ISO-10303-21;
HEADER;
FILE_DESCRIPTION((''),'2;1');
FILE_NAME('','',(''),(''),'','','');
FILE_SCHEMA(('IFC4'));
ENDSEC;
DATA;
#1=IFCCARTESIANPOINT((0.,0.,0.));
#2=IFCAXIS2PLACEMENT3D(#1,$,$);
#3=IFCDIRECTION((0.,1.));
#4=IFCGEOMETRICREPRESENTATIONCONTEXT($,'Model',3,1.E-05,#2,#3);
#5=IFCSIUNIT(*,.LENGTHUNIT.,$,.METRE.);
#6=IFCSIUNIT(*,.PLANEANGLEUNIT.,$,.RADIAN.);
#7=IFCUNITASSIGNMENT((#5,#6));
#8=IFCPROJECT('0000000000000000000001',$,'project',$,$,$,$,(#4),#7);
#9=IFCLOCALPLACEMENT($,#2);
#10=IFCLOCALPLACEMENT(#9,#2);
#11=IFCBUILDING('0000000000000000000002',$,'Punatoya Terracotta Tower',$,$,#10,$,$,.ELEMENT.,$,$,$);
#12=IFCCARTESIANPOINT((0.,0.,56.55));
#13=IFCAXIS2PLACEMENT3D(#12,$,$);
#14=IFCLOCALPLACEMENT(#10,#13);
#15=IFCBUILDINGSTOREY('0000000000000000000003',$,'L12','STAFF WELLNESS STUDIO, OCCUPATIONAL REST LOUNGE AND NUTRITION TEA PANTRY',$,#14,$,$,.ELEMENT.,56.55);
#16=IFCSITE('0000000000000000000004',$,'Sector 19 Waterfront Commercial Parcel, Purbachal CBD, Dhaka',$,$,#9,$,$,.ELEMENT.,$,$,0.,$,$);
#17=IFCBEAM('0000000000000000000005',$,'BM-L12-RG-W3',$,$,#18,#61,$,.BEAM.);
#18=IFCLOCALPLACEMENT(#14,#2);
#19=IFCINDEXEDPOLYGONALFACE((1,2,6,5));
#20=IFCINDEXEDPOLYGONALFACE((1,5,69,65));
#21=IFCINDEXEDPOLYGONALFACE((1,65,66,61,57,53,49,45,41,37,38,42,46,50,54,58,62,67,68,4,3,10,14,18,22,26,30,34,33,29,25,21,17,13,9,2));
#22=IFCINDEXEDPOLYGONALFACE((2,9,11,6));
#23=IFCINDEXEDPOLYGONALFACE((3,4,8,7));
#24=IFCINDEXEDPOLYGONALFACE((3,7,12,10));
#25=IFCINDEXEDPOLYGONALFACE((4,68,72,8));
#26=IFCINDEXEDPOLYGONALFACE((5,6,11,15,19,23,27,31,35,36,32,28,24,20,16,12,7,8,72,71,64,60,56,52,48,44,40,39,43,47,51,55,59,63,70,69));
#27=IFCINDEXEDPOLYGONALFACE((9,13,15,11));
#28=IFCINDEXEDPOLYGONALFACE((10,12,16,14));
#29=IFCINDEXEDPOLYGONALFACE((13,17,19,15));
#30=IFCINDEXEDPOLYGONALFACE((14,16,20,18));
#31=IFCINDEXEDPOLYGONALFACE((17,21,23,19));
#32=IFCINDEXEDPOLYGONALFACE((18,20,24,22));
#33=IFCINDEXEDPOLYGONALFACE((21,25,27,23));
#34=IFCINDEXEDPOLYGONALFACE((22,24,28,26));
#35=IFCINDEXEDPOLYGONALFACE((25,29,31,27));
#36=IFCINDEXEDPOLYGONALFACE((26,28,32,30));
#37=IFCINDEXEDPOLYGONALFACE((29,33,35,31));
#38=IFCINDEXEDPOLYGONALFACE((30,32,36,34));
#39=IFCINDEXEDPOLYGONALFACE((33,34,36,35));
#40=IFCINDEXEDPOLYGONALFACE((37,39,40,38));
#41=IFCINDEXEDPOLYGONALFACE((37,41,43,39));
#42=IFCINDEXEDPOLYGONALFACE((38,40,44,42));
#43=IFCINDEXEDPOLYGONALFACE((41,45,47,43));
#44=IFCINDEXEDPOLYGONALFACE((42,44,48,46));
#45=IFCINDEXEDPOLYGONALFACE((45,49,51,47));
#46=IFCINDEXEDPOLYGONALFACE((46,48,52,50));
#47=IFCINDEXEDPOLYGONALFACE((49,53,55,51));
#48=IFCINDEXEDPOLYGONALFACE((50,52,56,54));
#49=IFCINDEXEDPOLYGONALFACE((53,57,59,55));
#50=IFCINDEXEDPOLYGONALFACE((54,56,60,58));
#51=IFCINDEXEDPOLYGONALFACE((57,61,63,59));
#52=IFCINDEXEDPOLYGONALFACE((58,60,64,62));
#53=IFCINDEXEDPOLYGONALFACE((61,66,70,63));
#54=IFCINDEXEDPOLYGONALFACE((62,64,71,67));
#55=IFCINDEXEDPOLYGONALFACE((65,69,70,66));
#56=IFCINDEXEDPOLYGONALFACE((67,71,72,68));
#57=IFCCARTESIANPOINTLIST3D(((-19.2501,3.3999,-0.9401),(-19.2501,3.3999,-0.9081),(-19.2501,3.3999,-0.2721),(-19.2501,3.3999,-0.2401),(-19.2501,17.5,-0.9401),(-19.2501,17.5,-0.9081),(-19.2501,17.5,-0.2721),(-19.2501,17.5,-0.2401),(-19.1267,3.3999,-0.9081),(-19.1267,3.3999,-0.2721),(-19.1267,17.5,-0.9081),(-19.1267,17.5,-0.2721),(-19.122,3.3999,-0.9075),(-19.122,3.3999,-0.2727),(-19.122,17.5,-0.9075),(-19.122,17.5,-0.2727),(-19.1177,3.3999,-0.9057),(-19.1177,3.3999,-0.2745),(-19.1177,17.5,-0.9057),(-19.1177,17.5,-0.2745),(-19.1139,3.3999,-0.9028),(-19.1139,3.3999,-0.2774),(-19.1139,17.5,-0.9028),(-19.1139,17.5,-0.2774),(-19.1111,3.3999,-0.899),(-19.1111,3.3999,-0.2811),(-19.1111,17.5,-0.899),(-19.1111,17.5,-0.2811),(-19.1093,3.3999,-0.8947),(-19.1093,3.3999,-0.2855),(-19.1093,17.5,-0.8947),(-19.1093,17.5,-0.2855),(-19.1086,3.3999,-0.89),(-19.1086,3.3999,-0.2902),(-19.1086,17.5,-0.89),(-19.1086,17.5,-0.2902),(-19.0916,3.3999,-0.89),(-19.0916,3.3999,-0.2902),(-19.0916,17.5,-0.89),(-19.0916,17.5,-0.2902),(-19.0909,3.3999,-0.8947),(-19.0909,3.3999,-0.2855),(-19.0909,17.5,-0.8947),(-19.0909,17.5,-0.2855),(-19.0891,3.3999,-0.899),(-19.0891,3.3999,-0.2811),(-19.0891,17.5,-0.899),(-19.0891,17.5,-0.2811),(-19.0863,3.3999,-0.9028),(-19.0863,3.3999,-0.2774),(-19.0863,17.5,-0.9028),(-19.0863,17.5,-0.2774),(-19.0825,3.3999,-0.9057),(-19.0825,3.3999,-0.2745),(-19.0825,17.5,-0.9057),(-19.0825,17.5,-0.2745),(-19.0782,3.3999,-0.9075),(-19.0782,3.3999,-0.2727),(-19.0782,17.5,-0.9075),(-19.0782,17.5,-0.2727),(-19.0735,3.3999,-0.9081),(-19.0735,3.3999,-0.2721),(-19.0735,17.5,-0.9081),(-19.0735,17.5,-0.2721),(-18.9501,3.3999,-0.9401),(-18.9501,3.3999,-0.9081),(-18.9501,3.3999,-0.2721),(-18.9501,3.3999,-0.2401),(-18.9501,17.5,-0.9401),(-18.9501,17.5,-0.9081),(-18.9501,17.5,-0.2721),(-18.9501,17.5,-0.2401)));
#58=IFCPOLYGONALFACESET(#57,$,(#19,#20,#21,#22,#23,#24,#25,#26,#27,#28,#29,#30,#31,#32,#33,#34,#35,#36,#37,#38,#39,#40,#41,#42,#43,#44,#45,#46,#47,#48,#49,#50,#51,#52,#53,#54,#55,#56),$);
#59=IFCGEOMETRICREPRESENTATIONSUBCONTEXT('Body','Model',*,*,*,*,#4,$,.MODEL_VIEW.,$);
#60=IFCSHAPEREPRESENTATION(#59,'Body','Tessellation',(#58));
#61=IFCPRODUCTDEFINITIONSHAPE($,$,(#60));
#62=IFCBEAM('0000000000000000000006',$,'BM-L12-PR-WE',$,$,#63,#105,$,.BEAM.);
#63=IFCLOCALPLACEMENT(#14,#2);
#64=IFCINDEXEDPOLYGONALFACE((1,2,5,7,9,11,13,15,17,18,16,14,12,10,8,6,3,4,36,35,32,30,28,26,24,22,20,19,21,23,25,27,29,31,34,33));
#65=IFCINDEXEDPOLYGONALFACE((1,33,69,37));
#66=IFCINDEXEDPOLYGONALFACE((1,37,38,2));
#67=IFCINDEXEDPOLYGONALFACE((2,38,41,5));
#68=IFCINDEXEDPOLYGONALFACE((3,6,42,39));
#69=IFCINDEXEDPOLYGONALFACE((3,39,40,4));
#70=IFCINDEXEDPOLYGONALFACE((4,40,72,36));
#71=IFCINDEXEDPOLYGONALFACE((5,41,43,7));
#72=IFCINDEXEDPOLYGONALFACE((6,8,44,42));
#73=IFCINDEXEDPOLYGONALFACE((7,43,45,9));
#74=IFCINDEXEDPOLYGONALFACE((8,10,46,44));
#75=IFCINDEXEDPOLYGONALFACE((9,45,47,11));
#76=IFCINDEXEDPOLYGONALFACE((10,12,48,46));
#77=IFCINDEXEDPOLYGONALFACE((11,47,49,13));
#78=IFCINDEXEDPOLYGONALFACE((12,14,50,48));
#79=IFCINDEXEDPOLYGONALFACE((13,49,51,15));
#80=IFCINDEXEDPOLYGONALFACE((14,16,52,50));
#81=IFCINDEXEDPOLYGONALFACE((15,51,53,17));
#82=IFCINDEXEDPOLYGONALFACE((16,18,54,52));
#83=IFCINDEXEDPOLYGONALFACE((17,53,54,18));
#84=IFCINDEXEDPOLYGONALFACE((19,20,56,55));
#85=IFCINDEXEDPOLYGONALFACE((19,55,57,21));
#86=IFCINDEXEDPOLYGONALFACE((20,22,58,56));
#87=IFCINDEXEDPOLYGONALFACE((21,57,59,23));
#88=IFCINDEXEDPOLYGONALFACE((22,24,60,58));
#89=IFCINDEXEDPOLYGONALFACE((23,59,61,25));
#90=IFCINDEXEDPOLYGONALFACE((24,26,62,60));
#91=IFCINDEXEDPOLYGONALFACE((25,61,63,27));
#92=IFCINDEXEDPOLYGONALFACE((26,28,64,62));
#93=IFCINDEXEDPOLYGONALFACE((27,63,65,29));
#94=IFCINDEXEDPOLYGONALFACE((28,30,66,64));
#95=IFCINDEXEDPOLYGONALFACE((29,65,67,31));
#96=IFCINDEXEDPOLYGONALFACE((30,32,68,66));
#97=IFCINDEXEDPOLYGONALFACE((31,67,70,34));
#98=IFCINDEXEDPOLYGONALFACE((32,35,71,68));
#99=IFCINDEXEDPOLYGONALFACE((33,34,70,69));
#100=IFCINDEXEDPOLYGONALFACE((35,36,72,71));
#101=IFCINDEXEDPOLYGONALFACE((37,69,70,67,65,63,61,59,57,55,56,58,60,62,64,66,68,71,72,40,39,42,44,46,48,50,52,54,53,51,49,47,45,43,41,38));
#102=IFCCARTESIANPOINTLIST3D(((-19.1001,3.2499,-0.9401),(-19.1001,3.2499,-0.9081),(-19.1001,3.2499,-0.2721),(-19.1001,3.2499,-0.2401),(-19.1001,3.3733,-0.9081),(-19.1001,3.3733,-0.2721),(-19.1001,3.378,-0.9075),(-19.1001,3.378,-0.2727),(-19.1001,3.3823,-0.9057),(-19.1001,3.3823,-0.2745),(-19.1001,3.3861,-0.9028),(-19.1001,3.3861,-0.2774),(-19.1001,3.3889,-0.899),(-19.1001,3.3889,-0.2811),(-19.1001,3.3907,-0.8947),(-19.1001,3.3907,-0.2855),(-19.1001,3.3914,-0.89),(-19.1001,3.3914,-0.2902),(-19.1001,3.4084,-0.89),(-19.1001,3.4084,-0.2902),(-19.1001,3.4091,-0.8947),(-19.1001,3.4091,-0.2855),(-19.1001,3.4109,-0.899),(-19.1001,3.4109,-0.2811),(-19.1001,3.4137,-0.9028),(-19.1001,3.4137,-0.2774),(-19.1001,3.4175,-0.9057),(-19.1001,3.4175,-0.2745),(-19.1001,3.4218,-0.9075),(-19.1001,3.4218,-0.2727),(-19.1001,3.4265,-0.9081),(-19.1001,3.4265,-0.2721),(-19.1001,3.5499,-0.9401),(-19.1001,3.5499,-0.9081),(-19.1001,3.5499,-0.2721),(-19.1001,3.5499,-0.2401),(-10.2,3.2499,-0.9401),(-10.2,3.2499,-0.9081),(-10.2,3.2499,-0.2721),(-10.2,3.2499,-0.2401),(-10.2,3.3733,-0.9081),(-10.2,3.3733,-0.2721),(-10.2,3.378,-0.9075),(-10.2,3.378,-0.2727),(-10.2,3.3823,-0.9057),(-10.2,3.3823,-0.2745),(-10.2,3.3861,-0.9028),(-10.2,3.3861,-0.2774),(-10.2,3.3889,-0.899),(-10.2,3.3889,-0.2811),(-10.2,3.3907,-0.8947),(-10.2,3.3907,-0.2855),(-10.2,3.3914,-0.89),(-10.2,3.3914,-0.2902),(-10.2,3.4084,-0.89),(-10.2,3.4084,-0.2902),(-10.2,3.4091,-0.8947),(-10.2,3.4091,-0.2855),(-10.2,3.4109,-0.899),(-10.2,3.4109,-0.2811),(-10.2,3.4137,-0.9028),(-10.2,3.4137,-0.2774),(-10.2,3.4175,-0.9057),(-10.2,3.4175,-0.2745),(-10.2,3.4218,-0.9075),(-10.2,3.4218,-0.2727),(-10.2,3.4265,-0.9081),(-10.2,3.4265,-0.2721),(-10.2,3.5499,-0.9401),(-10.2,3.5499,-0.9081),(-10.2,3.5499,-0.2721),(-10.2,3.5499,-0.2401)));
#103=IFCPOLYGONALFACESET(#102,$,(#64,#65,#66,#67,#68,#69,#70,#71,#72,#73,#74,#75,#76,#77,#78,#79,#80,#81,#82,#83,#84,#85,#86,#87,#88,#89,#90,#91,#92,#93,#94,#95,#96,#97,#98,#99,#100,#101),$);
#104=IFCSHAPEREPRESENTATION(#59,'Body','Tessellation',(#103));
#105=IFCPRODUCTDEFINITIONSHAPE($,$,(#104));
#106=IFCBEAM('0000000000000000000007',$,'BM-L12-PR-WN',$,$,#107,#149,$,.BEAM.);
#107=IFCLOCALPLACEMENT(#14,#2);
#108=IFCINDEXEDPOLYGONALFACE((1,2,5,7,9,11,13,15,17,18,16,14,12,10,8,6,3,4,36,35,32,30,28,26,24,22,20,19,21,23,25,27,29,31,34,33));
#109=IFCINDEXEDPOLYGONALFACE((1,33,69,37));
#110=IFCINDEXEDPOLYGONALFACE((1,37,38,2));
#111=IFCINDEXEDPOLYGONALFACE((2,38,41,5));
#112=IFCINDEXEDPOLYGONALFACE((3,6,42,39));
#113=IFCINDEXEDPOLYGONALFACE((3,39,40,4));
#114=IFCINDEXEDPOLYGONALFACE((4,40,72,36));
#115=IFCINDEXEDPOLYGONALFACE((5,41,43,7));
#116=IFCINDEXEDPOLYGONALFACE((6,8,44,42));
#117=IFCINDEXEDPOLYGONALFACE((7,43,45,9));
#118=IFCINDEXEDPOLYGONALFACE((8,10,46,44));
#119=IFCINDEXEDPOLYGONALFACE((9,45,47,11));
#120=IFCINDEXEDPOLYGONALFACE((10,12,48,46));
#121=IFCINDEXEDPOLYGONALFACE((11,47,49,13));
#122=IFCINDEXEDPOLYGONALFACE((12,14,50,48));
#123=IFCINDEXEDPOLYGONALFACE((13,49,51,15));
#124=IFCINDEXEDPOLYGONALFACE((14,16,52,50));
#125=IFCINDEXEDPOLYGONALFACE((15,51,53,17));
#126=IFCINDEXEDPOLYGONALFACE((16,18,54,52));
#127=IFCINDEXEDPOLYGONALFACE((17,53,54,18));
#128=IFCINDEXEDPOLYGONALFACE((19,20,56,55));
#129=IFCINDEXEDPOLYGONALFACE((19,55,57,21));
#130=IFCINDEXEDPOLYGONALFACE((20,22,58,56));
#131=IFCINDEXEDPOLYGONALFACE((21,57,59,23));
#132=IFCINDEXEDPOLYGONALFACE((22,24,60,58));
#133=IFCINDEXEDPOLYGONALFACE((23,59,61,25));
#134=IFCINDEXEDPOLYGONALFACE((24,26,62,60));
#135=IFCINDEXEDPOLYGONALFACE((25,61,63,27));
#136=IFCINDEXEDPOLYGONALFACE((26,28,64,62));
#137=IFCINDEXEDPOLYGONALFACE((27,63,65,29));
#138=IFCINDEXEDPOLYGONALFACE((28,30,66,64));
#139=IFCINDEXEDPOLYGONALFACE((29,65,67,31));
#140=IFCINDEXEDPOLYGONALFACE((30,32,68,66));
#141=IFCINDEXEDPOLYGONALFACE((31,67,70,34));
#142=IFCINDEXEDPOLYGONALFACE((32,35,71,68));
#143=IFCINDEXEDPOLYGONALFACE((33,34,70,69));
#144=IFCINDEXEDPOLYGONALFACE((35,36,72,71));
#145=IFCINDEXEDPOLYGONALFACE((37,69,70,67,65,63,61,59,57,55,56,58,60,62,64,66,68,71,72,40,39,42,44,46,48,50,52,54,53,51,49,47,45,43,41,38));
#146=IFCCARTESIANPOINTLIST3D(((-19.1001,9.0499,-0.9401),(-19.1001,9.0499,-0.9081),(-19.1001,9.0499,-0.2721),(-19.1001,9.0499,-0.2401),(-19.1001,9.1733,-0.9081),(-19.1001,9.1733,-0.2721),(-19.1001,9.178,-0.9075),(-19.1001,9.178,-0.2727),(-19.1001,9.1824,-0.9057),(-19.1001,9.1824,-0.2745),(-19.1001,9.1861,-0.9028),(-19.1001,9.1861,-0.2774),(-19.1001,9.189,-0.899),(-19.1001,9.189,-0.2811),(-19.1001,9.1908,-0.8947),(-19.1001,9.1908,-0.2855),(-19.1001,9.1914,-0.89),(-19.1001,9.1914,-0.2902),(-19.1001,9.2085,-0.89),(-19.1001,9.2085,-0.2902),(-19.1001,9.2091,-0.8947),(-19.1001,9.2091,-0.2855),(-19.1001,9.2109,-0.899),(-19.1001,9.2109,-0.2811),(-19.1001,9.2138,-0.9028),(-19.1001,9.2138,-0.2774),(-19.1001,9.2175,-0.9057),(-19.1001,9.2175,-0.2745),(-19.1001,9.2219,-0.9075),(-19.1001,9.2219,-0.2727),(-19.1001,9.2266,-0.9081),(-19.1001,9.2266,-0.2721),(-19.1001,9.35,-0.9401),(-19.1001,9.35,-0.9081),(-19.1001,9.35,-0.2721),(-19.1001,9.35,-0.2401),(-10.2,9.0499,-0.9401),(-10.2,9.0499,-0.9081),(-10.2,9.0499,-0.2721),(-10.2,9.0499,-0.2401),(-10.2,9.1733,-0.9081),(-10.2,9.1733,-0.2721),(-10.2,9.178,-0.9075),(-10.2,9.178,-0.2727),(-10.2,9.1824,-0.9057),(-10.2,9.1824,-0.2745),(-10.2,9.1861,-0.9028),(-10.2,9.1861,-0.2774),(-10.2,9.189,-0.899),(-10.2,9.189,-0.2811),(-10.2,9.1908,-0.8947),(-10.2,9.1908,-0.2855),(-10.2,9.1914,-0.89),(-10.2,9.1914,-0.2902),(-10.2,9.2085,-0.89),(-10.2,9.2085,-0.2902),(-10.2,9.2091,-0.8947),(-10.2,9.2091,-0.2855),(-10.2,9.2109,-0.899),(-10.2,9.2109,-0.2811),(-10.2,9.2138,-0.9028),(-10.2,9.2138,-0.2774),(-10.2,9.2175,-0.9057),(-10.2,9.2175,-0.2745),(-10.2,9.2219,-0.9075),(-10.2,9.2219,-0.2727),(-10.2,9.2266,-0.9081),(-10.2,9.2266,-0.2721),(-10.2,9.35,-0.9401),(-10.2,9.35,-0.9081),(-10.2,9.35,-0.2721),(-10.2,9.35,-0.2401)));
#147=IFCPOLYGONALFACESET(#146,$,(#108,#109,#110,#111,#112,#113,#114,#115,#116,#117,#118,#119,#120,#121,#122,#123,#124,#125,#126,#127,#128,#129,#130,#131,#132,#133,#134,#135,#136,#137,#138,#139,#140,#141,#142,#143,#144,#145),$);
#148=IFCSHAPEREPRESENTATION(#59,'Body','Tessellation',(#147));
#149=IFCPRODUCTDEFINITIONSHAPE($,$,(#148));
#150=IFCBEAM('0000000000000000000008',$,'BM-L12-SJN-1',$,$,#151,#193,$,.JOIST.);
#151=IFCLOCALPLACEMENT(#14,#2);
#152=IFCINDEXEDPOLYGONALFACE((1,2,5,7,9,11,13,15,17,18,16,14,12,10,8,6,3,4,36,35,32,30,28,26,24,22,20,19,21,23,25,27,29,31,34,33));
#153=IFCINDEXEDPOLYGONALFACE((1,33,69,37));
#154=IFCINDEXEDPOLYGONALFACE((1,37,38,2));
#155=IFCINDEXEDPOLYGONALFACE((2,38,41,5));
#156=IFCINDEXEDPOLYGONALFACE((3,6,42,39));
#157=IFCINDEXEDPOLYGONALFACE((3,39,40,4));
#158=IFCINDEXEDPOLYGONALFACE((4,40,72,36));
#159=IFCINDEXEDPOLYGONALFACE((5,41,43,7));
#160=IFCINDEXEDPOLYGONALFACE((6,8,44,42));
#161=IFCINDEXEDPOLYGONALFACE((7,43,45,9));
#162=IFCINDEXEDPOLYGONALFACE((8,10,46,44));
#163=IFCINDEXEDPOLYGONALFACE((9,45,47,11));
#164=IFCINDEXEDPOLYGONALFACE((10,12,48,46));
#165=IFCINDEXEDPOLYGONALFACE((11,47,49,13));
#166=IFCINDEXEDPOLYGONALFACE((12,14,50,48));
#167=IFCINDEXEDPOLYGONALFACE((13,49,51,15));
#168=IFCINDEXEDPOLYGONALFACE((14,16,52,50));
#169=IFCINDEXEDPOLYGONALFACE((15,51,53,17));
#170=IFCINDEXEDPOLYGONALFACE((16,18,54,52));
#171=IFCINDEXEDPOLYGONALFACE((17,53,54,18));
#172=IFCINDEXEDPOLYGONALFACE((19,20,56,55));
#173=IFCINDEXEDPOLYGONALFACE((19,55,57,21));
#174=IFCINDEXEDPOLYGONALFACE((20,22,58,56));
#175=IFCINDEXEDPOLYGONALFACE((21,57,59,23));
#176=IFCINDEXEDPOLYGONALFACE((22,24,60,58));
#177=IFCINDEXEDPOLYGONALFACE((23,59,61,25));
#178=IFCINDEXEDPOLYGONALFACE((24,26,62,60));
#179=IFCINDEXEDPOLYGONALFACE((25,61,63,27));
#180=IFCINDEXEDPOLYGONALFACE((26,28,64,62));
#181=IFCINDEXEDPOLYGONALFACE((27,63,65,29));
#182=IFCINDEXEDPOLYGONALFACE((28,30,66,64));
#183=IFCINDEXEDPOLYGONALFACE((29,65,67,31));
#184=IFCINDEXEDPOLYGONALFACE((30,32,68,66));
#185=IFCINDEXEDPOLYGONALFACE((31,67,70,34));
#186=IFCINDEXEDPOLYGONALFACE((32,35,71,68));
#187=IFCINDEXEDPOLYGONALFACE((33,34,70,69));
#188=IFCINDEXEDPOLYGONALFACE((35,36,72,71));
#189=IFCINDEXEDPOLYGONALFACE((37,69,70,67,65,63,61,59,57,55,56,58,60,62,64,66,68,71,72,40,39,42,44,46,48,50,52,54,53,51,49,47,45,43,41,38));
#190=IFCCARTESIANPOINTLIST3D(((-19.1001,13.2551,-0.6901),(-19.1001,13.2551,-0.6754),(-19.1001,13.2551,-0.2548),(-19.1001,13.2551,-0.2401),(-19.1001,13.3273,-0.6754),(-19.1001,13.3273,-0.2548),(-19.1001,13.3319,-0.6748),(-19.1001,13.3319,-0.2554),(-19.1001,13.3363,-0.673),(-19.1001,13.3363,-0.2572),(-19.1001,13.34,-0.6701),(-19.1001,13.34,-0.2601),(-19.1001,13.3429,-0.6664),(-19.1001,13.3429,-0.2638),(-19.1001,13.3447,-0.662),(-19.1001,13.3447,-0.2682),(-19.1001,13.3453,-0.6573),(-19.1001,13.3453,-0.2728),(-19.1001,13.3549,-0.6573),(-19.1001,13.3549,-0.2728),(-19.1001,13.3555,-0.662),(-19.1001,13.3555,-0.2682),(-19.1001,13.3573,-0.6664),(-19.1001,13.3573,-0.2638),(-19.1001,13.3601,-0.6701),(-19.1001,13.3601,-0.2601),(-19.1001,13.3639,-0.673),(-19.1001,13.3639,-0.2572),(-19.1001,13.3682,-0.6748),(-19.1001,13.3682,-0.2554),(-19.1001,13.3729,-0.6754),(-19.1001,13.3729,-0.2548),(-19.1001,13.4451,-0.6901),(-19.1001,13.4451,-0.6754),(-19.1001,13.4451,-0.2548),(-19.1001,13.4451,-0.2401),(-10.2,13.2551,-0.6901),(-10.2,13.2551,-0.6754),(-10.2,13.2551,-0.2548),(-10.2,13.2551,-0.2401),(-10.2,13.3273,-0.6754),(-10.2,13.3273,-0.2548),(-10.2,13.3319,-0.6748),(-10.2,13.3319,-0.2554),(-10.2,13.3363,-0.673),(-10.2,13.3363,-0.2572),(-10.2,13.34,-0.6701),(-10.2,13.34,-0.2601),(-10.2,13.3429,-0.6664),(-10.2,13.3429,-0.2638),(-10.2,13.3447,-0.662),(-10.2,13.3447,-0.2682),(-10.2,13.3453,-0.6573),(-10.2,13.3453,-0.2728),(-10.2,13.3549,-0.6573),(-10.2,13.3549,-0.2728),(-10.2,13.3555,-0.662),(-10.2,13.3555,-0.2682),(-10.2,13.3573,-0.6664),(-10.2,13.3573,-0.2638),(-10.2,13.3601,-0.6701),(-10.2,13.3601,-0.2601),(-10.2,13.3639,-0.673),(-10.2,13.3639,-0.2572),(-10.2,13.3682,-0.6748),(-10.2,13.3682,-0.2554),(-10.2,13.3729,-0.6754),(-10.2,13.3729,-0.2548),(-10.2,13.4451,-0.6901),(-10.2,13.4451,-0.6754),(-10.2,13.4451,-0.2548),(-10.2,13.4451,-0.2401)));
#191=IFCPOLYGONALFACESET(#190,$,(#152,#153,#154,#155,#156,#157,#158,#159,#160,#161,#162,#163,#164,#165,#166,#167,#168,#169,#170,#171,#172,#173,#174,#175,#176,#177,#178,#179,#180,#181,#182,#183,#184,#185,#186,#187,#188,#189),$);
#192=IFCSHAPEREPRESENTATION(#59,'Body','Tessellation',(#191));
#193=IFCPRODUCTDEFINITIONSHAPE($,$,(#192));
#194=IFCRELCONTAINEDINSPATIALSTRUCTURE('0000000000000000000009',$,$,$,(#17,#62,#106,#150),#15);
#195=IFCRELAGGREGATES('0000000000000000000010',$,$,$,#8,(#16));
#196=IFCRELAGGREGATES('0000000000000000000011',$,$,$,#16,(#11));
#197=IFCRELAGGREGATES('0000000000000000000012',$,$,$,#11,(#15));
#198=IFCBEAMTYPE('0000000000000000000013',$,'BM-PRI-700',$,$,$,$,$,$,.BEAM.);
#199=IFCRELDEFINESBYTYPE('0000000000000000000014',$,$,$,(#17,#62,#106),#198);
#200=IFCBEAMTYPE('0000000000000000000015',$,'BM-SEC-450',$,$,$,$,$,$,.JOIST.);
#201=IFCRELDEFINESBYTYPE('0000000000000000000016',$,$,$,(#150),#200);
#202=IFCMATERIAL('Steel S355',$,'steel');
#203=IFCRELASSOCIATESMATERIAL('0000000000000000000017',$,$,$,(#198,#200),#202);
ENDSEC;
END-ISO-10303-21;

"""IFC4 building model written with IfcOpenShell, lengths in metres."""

from ifc_helpers import new_model, si_unit, direction, frame, origin, origin_2d, place, context, subcontext, project, spatial, i_section, extrude, material, material_profile, profile_set, type_object, element, save


model = new_model("IFC4")

# Units and contexts
model_context = context("Model", 3, precision=1e-05, world=origin(), true_north=direction((0.0, 1.0)))
body_context = subcontext(model_context, "Body", "Model", "MODEL_VIEW")
ifc_project = project(units=[si_unit("LENGTHUNIT", "METRE"), si_unit("PLANEANGLEUNIT", "RADIAN")], contexts=[model_context])

# Site, building, storey
site_placement = place(None, origin())
site = spatial("IfcSite", under=ifc_project, at=site_placement, Name="Sector 19 Waterfront Commercial Parcel, Purbachal CBD, Dhaka", CompositionType="ELEMENT", RefElevation=0.0)
building_placement = place(site_placement, origin())
building = spatial("IfcBuilding", under=site, at=building_placement, Name="Punatoya Terracotta Tower", CompositionType="ELEMENT")
storey_placement = place(building_placement, frame((0.0, 0.0, 56.55)))
storey = spatial("IfcBuildingStorey", under=building, at=storey_placement, Name="L12", Description="STAFF WELLNESS STUDIO, OCCUPATIONAL REST LOUNGE AND NUTRITION TEA PANTRY", CompositionType="ELEMENT", Elevation=56.55)

# Beams
ifc_material_1 = material(Name="Steel S355", Category="steel")
ifc_material_profile_1 = material_profile(ifc_material_1, i_section(OverallWidth=0.3, OverallDepth=0.7, WebThickness=0.0171, FlangeThickness=0.032, FilletRadius=0.0181, at=origin_2d()))
ifc_profile_set_1 = profile_set([ifc_material_profile_1], Name="Steel S355")
beam_type_1 = type_object("IfcBeamType", Name="BM-PRI-700", PredefinedType="BEAM", material=ifc_profile_set_1)
beam_1_placement = place(storey_placement, frame((-19.1001, 3.3999, -0.5901), z_axis=(0.0, 1.0, 0.0), x_axis=(-1.0, 0.0, 0.0)))
element("IfcBeam", 1, at=beam_1_placement, inside=storey, type_object=beam_type_1, Name="BM-L12-RG-W3", PredefinedType="BEAM", context=body_context, shape_type="SweptSolid", body=[
    extrude(i_section(OverallWidth=0.3, OverallDepth=0.7, WebThickness=0.0171, FlangeThickness=0.032, FilletRadius=0.0181, at=origin_2d()), origin(), (0.0, 0.0, 1.0), 14.1001),
])
for number, where, z_axis, x_axis, name in (
    (2, (-19.1001, 3.3999, -0.5901), (1.0, 0.0, 0.0), (0.0, 1.0, 0.0), "BM-L12-PR-WE"),
    (3, (-19.1001, 9.2, -0.5901), (1.0, 0.0, 0.0), (0.0, 1.0, 0.0), "BM-L12-PR-WN"),
):
    element("IfcBeam", number, at=place(storey_placement, frame(where, z_axis=z_axis, x_axis=x_axis)), inside=storey, type_object=beam_type_1, Name=name, PredefinedType="BEAM", context=body_context, shape_type="SweptSolid", body=[
        extrude(i_section(OverallWidth=0.3, OverallDepth=0.7, WebThickness=0.0171, FlangeThickness=0.032, FilletRadius=0.0181, at=origin_2d()), origin(), (0.0, 0.0, 1.0), 8.9001),
    ])
ifc_material_profile_2 = material_profile(ifc_material_1, i_section(OverallWidth=0.1899, OverallDepth=0.45, WebThickness=0.0095, FlangeThickness=0.0146, FilletRadius=0.0181, at=origin_2d()))
ifc_profile_set_2 = profile_set([ifc_material_profile_2], Name="Steel S355")
beam_type_2 = type_object("IfcBeamType", Name="BM-SEC-450", PredefinedType="JOIST", material=ifc_profile_set_2)
beam_2_placement = place(storey_placement, frame((-19.1001, 13.3501, -0.4651), z_axis=(1.0, 0.0, 0.0), x_axis=(0.0, 1.0, 0.0)))
element("IfcBeam", 4, at=beam_2_placement, inside=storey, type_object=beam_type_2, Name="BM-L12-SJN-1", PredefinedType="JOIST", context=body_context, shape_type="SweptSolid", body=[
    extrude(i_section(OverallWidth=0.1899, OverallDepth=0.45, WebThickness=0.0095, FlangeThickness=0.0146, FilletRadius=0.0181, at=origin_2d()), origin(), (0.0, 0.0, 1.0), 8.9001),
])

save(model, "model.ifc")
